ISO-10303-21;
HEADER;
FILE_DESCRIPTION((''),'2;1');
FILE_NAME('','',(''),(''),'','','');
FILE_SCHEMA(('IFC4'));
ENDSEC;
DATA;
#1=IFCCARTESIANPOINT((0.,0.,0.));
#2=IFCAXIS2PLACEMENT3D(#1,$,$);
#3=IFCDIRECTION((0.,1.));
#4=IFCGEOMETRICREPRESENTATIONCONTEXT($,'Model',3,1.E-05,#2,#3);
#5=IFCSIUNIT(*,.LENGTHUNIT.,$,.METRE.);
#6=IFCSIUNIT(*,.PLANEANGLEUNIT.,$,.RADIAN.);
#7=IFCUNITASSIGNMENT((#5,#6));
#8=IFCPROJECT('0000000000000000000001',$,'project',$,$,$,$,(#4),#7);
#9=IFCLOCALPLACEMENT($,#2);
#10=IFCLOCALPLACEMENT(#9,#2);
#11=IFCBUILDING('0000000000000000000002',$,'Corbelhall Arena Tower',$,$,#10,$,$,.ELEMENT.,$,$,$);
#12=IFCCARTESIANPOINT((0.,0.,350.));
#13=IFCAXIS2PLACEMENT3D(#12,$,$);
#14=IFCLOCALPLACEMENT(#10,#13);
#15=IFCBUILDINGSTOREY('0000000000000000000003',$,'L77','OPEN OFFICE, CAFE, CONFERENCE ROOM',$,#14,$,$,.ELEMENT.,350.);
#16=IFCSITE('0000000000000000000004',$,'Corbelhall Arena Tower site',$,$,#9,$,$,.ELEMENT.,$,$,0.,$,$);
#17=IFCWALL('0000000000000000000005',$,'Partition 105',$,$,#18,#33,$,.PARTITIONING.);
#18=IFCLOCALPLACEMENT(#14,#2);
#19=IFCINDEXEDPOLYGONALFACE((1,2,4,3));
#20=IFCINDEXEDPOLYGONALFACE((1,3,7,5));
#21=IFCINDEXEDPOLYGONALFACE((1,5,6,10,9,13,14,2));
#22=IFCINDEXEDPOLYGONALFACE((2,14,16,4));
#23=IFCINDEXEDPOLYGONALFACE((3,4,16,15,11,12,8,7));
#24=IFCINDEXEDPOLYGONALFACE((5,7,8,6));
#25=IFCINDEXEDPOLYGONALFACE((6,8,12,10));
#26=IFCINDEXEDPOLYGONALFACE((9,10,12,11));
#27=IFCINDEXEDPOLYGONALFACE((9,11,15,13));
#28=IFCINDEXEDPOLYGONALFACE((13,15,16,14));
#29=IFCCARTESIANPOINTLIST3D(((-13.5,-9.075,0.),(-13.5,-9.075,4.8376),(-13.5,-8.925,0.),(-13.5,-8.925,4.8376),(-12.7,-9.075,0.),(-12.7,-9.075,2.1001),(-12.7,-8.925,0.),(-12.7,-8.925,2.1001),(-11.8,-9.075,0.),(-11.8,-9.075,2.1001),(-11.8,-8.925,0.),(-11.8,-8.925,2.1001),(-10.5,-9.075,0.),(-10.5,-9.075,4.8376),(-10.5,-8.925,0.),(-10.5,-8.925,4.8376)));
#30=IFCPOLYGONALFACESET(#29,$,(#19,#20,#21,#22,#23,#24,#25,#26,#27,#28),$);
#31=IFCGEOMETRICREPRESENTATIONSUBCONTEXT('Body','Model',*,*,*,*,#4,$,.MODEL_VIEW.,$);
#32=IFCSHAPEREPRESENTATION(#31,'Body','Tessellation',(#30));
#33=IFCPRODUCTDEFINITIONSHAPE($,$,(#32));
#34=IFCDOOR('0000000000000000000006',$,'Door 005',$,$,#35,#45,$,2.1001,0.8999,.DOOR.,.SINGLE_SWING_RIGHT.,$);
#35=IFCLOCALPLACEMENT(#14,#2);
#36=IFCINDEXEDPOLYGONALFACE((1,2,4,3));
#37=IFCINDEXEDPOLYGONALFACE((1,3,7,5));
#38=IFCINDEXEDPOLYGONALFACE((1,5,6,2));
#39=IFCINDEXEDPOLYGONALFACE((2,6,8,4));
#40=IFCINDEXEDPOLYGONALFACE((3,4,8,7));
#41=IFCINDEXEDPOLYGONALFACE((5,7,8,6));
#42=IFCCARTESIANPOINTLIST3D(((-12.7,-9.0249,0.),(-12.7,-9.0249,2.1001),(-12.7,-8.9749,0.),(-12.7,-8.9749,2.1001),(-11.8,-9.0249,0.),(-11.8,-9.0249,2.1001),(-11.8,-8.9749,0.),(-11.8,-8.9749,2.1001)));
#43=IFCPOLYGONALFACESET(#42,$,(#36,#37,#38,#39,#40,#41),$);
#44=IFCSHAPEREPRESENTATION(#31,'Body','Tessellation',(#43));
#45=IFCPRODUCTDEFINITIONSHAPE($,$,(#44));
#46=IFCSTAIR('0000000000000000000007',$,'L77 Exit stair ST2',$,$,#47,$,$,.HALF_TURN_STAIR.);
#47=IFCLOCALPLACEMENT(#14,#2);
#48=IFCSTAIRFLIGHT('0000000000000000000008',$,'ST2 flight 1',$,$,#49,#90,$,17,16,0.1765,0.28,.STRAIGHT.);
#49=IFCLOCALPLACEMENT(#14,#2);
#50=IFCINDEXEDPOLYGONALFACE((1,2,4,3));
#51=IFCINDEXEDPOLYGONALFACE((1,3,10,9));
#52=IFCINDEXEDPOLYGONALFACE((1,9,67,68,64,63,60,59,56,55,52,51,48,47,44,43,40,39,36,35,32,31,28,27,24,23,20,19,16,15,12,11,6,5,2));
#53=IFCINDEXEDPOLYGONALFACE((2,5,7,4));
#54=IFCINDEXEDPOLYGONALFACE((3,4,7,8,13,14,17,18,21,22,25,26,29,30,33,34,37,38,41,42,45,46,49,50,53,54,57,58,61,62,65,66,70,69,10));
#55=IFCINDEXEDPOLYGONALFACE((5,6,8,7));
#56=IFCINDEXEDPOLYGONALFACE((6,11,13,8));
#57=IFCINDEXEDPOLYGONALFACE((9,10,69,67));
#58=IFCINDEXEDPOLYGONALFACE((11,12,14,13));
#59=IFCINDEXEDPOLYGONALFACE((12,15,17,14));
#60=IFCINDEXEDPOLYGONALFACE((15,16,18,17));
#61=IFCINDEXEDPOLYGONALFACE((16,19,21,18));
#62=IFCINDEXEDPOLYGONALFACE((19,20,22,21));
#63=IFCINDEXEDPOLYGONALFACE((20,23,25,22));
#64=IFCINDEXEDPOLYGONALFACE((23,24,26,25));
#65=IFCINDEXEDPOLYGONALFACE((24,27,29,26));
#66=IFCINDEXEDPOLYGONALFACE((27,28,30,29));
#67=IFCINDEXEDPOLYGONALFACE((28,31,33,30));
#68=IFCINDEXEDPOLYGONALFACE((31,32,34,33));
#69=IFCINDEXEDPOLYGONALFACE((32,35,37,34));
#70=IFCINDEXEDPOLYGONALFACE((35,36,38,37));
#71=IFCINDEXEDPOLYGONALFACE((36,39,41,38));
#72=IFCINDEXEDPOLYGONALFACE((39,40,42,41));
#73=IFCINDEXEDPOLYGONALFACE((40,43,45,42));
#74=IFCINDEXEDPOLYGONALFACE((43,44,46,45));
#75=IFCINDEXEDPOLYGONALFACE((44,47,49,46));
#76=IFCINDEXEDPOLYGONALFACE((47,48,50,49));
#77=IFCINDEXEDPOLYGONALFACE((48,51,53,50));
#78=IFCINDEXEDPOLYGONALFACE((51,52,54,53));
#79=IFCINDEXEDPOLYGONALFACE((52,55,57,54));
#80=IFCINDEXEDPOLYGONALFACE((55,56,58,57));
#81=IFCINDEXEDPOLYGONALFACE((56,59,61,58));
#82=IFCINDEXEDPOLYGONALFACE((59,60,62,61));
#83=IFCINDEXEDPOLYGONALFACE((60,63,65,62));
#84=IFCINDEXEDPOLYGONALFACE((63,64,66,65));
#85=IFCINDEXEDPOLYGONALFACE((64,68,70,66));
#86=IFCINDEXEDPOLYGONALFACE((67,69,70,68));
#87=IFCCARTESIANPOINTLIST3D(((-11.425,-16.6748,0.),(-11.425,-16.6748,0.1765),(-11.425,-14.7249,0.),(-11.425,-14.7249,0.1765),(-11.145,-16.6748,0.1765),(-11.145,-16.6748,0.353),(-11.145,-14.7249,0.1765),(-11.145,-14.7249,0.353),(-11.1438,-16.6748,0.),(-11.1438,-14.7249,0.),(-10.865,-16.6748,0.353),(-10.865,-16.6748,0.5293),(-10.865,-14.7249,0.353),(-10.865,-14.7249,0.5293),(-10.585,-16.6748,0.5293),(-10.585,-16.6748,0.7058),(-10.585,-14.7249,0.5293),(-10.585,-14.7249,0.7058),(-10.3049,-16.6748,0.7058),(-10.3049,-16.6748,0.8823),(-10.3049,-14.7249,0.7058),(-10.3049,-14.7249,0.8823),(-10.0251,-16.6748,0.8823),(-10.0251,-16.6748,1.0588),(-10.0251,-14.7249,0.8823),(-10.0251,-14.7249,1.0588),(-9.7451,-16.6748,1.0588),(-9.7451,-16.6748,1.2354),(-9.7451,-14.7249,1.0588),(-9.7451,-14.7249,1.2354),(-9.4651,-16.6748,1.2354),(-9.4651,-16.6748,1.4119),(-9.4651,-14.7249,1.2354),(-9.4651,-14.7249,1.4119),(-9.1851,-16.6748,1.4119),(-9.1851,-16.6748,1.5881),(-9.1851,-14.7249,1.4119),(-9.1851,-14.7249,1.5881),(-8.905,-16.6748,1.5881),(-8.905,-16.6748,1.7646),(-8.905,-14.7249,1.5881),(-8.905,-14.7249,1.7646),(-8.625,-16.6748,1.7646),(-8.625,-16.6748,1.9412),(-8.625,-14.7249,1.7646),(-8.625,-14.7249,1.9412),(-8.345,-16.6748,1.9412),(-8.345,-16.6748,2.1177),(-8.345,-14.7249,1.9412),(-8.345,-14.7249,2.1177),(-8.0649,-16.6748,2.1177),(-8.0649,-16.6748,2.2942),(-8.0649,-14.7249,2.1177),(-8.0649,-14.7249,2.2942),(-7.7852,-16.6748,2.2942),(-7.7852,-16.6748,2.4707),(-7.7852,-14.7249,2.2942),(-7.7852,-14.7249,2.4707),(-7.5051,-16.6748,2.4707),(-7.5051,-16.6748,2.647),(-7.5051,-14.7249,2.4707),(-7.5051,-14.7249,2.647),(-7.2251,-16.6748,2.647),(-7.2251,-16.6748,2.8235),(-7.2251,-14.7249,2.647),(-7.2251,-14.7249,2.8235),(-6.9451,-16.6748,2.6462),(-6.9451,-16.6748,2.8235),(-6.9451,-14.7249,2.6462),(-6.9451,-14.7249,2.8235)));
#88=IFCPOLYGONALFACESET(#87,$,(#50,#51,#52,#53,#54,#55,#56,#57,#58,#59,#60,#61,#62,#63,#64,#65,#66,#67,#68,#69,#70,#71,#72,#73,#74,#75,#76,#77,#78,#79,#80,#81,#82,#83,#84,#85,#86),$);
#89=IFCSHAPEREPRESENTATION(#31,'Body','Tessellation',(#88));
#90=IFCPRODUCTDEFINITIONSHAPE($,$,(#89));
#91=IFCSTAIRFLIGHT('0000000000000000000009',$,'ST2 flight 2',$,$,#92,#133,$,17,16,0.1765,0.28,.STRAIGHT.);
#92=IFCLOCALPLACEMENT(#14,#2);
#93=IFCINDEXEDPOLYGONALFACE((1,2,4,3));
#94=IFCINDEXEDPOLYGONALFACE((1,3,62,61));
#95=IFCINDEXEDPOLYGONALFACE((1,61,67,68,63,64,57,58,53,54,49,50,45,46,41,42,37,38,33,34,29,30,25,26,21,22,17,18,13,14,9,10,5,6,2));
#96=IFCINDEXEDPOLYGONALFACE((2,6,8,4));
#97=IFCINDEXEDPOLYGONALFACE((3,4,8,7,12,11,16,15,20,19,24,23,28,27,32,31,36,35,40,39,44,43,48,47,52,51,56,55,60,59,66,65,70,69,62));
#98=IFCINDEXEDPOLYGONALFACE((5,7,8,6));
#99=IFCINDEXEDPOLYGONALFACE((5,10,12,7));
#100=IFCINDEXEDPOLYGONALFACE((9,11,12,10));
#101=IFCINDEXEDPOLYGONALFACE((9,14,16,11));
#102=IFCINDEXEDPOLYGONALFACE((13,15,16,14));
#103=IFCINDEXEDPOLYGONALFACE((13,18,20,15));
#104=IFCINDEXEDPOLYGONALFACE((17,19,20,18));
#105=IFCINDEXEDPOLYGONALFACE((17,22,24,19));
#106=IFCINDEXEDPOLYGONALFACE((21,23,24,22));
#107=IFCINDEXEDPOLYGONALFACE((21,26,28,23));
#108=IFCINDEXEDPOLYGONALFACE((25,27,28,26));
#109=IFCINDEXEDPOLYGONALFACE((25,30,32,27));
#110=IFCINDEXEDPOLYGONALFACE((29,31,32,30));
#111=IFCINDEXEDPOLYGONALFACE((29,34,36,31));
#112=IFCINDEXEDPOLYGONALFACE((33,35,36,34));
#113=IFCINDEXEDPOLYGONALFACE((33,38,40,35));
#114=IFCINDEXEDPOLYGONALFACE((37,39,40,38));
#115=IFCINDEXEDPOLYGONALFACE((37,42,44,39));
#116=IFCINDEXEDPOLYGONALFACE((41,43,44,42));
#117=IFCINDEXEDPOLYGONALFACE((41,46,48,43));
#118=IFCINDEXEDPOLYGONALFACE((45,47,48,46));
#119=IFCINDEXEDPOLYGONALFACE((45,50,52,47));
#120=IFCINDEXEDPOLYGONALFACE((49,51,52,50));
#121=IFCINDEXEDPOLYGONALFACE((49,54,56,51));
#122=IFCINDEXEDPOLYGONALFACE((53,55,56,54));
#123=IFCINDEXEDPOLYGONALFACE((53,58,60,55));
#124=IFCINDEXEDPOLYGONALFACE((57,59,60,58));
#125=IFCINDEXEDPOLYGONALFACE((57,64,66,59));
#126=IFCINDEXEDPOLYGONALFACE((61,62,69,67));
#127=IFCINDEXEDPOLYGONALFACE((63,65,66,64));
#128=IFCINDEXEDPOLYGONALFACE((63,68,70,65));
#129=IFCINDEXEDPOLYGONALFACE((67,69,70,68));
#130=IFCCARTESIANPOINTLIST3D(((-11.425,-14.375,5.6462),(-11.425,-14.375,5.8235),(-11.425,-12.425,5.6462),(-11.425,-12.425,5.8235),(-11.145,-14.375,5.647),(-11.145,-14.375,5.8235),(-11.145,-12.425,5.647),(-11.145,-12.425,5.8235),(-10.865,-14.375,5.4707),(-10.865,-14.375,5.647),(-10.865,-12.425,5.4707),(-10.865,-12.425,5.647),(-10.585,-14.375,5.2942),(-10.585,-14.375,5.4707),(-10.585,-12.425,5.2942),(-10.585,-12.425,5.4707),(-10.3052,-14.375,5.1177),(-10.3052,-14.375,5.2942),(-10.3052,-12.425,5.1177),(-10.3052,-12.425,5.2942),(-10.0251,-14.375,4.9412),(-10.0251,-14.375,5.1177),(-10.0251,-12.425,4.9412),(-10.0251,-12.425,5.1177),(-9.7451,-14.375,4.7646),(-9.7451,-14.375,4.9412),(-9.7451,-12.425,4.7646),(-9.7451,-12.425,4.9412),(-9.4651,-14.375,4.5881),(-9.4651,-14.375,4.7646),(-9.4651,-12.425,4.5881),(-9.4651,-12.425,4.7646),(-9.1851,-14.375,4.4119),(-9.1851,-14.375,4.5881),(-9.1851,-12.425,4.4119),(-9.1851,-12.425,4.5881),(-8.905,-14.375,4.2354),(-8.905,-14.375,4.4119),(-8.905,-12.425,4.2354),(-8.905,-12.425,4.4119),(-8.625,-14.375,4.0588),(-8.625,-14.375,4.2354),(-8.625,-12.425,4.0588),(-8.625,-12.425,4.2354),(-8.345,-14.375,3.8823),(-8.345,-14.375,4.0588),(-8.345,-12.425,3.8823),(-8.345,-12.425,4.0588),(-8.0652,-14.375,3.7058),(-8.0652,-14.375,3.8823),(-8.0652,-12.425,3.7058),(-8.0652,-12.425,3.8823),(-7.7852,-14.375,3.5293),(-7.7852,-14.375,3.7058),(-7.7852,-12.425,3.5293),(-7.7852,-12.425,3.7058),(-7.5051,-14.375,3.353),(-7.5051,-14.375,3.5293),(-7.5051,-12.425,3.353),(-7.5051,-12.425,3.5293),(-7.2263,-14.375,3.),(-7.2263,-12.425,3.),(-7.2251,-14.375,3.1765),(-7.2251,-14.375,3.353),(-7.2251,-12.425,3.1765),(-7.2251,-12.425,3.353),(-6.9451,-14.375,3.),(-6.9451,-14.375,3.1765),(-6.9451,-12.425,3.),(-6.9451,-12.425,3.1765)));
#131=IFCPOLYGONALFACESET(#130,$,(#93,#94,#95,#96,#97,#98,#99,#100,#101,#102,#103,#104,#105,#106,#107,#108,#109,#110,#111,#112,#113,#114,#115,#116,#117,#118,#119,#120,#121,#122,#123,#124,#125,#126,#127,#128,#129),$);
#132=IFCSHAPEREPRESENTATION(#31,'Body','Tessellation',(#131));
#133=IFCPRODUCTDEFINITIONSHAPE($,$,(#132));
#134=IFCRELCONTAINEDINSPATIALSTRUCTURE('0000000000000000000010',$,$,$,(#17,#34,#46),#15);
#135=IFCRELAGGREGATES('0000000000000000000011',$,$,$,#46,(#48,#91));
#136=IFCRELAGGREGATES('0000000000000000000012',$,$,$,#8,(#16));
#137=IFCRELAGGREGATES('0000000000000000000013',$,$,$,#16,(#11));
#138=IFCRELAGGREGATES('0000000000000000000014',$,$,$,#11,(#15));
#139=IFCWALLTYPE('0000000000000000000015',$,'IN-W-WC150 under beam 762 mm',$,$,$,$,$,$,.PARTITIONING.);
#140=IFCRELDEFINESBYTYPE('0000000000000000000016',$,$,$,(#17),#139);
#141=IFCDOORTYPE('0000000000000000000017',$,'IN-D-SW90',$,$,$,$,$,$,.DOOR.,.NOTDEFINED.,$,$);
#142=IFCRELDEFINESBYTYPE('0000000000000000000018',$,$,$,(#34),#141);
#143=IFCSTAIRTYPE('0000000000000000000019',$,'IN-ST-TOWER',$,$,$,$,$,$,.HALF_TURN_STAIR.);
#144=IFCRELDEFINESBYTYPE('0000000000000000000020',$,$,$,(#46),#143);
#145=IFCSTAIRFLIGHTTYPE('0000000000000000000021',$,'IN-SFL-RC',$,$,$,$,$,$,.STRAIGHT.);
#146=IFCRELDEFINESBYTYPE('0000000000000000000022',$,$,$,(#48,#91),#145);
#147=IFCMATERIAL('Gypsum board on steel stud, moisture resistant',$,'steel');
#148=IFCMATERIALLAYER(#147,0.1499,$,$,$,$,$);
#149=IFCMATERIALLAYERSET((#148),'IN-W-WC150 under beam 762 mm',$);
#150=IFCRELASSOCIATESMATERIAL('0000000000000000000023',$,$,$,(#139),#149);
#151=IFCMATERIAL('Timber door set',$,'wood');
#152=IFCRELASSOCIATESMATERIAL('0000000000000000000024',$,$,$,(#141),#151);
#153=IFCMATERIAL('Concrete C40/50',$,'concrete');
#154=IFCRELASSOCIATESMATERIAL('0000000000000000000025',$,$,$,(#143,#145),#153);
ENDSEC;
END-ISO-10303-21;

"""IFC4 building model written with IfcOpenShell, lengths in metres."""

from ifc_helpers import new_model, si_unit, direction, frame, frame_2d, origin, place, context, subcontext, project, spatial, polyline, rectangle, outline, extrude, material, layer, layer_set, type_object, element, fill, aggregate, save


model = new_model("IFC4")

# Units and contexts
model_context = context("Model", 3, precision=1e-05, world=origin(), true_north=direction((0.0, 1.0)))
body_context = subcontext(model_context, "Body", "Model", "MODEL_VIEW")
ifc_project = project(units=[si_unit("LENGTHUNIT", "METRE"), si_unit("PLANEANGLEUNIT", "RADIAN")], contexts=[model_context])

# Site, building, storey
site_placement = place(None, origin())
site = spatial("IfcSite", under=ifc_project, at=site_placement, Name="Corbelhall Arena Tower site", CompositionType="ELEMENT", RefElevation=0.0)
building_placement = place(site_placement, origin())
building = spatial("IfcBuilding", under=site, at=building_placement, Name="Corbelhall Arena Tower", CompositionType="ELEMENT")
storey_placement = place(building_placement, frame((0.0, 0.0, 350.0)))
storey = spatial("IfcBuildingStorey", under=building, at=storey_placement, Name="L77", Description="OPEN OFFICE, CAFE, CONFERENCE ROOM", CompositionType="ELEMENT", Elevation=350.0)

# Shared definitions
ifc_material_1 = material(Name="Concrete C40/50", Category="concrete")

# Shared definitions
ifc_material_2 = material(Name="Gypsum board on steel stud, moisture resistant", Category="steel")

# Wall, opening, door
ifc_layer_1 = layer(ifc_material_2, 0.1499)
ifc_layer_set_1 = layer_set([ifc_layer_1], Name="IN-W-WC150 under beam 762 mm")
wall_type_1 = type_object("IfcWallType", Name="IN-W-WC150 under beam 762 mm", PredefinedType="PARTITIONING", material=ifc_layer_set_1)
wall_1_placement = place(storey_placement, frame((-10.5, -9.0, 0.0), z_axis=(0.0, 0.0, 1.0), x_axis=(-1.0, 0.0, 0.0)))
wall_1 = element("IfcWall", 1, at=wall_1_placement, inside=storey, type_object=wall_type_1, Name="Partition 105", PredefinedType="PARTITIONING", context=body_context, shape_type="SweptSolid", body=[
    extrude(rectangle(XDim=3.0, YDim=0.1499, at=frame_2d((1.5, 0.0))), origin(), (0.0, 0.0, 1.0), 4.8376),
])
opening_1_placement = place(wall_1_placement, frame((1.3, 0.0, 0.0)))
opening_1 = element("IfcOpeningElement", 2, at=opening_1_placement, cuts=wall_1, PredefinedType="OPENING", context=body_context, shape_type="SweptSolid", body=[
    extrude(rectangle(XDim=0.8999, YDim=2.1001, at=frame_2d((0.45, 1.05))), frame((0.0, 0.075, 0.0), z_axis=(0.0, -1.0, 0.0), x_axis=(1.0, 0.0, 0.0)), (0.0, 0.0, 1.0), 0.1499),
])
ifc_material_3 = material(Name="Timber door set", Category="wood")
door_type_1 = type_object("IfcDoorType", Name="IN-D-SW90", OperationType="NOTDEFINED", PredefinedType="DOOR", material=ifc_material_3)
door_1_placement = place(opening_1_placement, origin())
door_1 = element("IfcDoor", 3, at=door_1_placement, inside=storey, type_object=door_type_1, Name="Door 005", OperationType="SINGLE_SWING_RIGHT", OverallHeight=2.1001, OverallWidth=0.8999, PredefinedType="DOOR", context=body_context, shape_type="SweptSolid", body=[
    extrude(rectangle(XDim=0.8999, YDim=2.1001, at=frame_2d((0.45, 1.05))), frame((0.0, 0.0249, 0.0), z_axis=(0.0, -1.0, 0.0), x_axis=(1.0, 0.0, 0.0)), (0.0, 0.0, 1.0), 0.05),
])
fill(opening_1, door_1)

# Stair, stair flights
stair_type = type_object("IfcStairType", Name="IN-ST-TOWER", PredefinedType="HALF_TURN_STAIR", material=ifc_material_1)
stair_placement = place(storey_placement, origin())
stair = element("IfcStair", 4, at=stair_placement, inside=storey, type_object=stair_type, Name="L77 Exit stair ST2", PredefinedType="HALF_TURN_STAIR")
stair_flight_type = type_object("IfcStairFlightType", Name="IN-SFL-RC", PredefinedType="STRAIGHT", material=ifc_material_1)
stair_flight_1_placement = place(storey_placement, frame((-11.425, -15.7, 0.0), z_axis=(0.0, 0.0, 1.0), x_axis=(1.0, 0.0, 0.0)))
stair_flight_1 = element("IfcStairFlight", 5, at=stair_flight_1_placement, type_object=stair_flight_type, Name="ST2 flight 1", NumberOfRisers=17, NumberOfTreads=16, PredefinedType="STRAIGHT", RiserHeight=0.1765, TreadLength=0.28, context=body_context, shape_type="SweptSolid", body=[
    extrude(outline(polyline([(0.0, 0.0), (0.0, 0.1765), (0.28, 0.1765), (0.28, 0.353), (0.5601, 0.353), (0.5601, 0.5293), (0.8401, 0.5293), (0.8401, 0.7058), (1.1201, 0.7058), (1.1201, 0.8823), (1.3999, 0.8823), (1.3999, 1.0588), (1.6799, 1.0588), (1.6799, 1.2354), (1.96, 1.2354), (1.96, 1.4119), (2.24, 1.4119), (2.24, 1.5881), (2.52, 1.5881), (2.52, 1.7646), (2.8, 1.7646), (2.8, 1.9412), (3.0801, 1.9412), (3.0801, 2.1177), (3.3601, 2.1177), (3.3601, 2.2942), (3.6399, 2.2942), (3.6399, 2.4707), (3.9199, 2.4707), (3.9199, 2.647), (4.2, 2.647), (4.2, 2.8235), (4.48, 2.8235), (4.48, 3.0), (4.48, 2.6462), (0.2812, 0.0), (0.0, 0.0)])), frame((0.0, 0.9751, 0.0), z_axis=(0.0, -1.0, 0.0), x_axis=(1.0, 0.0, 0.0)), (0.0, 0.0, 1.0), 1.95),
])
stair_flight_2_placement = place(storey_placement, frame((-6.9451, -13.3999, 3.0), z_axis=(0.0, 0.0, 1.0), x_axis=(-1.0, 0.0, 0.0)))
stair_flight_2 = element("IfcStairFlight", 6, at=stair_flight_2_placement, type_object=stair_flight_type, Name="ST2 flight 2", NumberOfRisers=17, NumberOfTreads=16, PredefinedType="STRAIGHT", RiserHeight=0.1765, TreadLength=0.28, context=body_context, shape_type="SweptSolid", body=[
    extrude(outline(polyline([(0.0, 0.0), (0.0, 0.1765), (0.28, 0.1765), (0.28, 0.353), (0.5601, 0.353), (0.5601, 0.5293), (0.8401, 0.5293), (0.8401, 0.7058), (1.1201, 0.7058), (1.1201, 0.8823), (1.3999, 0.8823), (1.3999, 1.0588), (1.6799, 1.0588), (1.6799, 1.2354), (1.96, 1.2354), (1.96, 1.4119), (2.24, 1.4119), (2.24, 1.5881), (2.52, 1.5881), (2.52, 1.7646), (2.8, 1.7646), (2.8, 1.9412), (3.0801, 1.9412), (3.0801, 2.1177), (3.3601, 2.1177), (3.3601, 2.2942), (3.6399, 2.2942), (3.6399, 2.4707), (3.9199, 2.4707), (3.9199, 2.647), (4.2, 2.647), (4.2, 2.8235), (4.48, 2.8235), (4.48, 3.0), (4.48, 2.6462), (0.2812, 0.0), (0.0, 0.0)])), frame((0.0, 0.9751, 0.0), z_axis=(0.0, -1.0, 0.0), x_axis=(1.0, 0.0, 0.0)), (0.0, 0.0, 1.0), 1.95),
])
aggregate(stair, [stair_flight_1, stair_flight_2])

save(model, "model.ifc")
